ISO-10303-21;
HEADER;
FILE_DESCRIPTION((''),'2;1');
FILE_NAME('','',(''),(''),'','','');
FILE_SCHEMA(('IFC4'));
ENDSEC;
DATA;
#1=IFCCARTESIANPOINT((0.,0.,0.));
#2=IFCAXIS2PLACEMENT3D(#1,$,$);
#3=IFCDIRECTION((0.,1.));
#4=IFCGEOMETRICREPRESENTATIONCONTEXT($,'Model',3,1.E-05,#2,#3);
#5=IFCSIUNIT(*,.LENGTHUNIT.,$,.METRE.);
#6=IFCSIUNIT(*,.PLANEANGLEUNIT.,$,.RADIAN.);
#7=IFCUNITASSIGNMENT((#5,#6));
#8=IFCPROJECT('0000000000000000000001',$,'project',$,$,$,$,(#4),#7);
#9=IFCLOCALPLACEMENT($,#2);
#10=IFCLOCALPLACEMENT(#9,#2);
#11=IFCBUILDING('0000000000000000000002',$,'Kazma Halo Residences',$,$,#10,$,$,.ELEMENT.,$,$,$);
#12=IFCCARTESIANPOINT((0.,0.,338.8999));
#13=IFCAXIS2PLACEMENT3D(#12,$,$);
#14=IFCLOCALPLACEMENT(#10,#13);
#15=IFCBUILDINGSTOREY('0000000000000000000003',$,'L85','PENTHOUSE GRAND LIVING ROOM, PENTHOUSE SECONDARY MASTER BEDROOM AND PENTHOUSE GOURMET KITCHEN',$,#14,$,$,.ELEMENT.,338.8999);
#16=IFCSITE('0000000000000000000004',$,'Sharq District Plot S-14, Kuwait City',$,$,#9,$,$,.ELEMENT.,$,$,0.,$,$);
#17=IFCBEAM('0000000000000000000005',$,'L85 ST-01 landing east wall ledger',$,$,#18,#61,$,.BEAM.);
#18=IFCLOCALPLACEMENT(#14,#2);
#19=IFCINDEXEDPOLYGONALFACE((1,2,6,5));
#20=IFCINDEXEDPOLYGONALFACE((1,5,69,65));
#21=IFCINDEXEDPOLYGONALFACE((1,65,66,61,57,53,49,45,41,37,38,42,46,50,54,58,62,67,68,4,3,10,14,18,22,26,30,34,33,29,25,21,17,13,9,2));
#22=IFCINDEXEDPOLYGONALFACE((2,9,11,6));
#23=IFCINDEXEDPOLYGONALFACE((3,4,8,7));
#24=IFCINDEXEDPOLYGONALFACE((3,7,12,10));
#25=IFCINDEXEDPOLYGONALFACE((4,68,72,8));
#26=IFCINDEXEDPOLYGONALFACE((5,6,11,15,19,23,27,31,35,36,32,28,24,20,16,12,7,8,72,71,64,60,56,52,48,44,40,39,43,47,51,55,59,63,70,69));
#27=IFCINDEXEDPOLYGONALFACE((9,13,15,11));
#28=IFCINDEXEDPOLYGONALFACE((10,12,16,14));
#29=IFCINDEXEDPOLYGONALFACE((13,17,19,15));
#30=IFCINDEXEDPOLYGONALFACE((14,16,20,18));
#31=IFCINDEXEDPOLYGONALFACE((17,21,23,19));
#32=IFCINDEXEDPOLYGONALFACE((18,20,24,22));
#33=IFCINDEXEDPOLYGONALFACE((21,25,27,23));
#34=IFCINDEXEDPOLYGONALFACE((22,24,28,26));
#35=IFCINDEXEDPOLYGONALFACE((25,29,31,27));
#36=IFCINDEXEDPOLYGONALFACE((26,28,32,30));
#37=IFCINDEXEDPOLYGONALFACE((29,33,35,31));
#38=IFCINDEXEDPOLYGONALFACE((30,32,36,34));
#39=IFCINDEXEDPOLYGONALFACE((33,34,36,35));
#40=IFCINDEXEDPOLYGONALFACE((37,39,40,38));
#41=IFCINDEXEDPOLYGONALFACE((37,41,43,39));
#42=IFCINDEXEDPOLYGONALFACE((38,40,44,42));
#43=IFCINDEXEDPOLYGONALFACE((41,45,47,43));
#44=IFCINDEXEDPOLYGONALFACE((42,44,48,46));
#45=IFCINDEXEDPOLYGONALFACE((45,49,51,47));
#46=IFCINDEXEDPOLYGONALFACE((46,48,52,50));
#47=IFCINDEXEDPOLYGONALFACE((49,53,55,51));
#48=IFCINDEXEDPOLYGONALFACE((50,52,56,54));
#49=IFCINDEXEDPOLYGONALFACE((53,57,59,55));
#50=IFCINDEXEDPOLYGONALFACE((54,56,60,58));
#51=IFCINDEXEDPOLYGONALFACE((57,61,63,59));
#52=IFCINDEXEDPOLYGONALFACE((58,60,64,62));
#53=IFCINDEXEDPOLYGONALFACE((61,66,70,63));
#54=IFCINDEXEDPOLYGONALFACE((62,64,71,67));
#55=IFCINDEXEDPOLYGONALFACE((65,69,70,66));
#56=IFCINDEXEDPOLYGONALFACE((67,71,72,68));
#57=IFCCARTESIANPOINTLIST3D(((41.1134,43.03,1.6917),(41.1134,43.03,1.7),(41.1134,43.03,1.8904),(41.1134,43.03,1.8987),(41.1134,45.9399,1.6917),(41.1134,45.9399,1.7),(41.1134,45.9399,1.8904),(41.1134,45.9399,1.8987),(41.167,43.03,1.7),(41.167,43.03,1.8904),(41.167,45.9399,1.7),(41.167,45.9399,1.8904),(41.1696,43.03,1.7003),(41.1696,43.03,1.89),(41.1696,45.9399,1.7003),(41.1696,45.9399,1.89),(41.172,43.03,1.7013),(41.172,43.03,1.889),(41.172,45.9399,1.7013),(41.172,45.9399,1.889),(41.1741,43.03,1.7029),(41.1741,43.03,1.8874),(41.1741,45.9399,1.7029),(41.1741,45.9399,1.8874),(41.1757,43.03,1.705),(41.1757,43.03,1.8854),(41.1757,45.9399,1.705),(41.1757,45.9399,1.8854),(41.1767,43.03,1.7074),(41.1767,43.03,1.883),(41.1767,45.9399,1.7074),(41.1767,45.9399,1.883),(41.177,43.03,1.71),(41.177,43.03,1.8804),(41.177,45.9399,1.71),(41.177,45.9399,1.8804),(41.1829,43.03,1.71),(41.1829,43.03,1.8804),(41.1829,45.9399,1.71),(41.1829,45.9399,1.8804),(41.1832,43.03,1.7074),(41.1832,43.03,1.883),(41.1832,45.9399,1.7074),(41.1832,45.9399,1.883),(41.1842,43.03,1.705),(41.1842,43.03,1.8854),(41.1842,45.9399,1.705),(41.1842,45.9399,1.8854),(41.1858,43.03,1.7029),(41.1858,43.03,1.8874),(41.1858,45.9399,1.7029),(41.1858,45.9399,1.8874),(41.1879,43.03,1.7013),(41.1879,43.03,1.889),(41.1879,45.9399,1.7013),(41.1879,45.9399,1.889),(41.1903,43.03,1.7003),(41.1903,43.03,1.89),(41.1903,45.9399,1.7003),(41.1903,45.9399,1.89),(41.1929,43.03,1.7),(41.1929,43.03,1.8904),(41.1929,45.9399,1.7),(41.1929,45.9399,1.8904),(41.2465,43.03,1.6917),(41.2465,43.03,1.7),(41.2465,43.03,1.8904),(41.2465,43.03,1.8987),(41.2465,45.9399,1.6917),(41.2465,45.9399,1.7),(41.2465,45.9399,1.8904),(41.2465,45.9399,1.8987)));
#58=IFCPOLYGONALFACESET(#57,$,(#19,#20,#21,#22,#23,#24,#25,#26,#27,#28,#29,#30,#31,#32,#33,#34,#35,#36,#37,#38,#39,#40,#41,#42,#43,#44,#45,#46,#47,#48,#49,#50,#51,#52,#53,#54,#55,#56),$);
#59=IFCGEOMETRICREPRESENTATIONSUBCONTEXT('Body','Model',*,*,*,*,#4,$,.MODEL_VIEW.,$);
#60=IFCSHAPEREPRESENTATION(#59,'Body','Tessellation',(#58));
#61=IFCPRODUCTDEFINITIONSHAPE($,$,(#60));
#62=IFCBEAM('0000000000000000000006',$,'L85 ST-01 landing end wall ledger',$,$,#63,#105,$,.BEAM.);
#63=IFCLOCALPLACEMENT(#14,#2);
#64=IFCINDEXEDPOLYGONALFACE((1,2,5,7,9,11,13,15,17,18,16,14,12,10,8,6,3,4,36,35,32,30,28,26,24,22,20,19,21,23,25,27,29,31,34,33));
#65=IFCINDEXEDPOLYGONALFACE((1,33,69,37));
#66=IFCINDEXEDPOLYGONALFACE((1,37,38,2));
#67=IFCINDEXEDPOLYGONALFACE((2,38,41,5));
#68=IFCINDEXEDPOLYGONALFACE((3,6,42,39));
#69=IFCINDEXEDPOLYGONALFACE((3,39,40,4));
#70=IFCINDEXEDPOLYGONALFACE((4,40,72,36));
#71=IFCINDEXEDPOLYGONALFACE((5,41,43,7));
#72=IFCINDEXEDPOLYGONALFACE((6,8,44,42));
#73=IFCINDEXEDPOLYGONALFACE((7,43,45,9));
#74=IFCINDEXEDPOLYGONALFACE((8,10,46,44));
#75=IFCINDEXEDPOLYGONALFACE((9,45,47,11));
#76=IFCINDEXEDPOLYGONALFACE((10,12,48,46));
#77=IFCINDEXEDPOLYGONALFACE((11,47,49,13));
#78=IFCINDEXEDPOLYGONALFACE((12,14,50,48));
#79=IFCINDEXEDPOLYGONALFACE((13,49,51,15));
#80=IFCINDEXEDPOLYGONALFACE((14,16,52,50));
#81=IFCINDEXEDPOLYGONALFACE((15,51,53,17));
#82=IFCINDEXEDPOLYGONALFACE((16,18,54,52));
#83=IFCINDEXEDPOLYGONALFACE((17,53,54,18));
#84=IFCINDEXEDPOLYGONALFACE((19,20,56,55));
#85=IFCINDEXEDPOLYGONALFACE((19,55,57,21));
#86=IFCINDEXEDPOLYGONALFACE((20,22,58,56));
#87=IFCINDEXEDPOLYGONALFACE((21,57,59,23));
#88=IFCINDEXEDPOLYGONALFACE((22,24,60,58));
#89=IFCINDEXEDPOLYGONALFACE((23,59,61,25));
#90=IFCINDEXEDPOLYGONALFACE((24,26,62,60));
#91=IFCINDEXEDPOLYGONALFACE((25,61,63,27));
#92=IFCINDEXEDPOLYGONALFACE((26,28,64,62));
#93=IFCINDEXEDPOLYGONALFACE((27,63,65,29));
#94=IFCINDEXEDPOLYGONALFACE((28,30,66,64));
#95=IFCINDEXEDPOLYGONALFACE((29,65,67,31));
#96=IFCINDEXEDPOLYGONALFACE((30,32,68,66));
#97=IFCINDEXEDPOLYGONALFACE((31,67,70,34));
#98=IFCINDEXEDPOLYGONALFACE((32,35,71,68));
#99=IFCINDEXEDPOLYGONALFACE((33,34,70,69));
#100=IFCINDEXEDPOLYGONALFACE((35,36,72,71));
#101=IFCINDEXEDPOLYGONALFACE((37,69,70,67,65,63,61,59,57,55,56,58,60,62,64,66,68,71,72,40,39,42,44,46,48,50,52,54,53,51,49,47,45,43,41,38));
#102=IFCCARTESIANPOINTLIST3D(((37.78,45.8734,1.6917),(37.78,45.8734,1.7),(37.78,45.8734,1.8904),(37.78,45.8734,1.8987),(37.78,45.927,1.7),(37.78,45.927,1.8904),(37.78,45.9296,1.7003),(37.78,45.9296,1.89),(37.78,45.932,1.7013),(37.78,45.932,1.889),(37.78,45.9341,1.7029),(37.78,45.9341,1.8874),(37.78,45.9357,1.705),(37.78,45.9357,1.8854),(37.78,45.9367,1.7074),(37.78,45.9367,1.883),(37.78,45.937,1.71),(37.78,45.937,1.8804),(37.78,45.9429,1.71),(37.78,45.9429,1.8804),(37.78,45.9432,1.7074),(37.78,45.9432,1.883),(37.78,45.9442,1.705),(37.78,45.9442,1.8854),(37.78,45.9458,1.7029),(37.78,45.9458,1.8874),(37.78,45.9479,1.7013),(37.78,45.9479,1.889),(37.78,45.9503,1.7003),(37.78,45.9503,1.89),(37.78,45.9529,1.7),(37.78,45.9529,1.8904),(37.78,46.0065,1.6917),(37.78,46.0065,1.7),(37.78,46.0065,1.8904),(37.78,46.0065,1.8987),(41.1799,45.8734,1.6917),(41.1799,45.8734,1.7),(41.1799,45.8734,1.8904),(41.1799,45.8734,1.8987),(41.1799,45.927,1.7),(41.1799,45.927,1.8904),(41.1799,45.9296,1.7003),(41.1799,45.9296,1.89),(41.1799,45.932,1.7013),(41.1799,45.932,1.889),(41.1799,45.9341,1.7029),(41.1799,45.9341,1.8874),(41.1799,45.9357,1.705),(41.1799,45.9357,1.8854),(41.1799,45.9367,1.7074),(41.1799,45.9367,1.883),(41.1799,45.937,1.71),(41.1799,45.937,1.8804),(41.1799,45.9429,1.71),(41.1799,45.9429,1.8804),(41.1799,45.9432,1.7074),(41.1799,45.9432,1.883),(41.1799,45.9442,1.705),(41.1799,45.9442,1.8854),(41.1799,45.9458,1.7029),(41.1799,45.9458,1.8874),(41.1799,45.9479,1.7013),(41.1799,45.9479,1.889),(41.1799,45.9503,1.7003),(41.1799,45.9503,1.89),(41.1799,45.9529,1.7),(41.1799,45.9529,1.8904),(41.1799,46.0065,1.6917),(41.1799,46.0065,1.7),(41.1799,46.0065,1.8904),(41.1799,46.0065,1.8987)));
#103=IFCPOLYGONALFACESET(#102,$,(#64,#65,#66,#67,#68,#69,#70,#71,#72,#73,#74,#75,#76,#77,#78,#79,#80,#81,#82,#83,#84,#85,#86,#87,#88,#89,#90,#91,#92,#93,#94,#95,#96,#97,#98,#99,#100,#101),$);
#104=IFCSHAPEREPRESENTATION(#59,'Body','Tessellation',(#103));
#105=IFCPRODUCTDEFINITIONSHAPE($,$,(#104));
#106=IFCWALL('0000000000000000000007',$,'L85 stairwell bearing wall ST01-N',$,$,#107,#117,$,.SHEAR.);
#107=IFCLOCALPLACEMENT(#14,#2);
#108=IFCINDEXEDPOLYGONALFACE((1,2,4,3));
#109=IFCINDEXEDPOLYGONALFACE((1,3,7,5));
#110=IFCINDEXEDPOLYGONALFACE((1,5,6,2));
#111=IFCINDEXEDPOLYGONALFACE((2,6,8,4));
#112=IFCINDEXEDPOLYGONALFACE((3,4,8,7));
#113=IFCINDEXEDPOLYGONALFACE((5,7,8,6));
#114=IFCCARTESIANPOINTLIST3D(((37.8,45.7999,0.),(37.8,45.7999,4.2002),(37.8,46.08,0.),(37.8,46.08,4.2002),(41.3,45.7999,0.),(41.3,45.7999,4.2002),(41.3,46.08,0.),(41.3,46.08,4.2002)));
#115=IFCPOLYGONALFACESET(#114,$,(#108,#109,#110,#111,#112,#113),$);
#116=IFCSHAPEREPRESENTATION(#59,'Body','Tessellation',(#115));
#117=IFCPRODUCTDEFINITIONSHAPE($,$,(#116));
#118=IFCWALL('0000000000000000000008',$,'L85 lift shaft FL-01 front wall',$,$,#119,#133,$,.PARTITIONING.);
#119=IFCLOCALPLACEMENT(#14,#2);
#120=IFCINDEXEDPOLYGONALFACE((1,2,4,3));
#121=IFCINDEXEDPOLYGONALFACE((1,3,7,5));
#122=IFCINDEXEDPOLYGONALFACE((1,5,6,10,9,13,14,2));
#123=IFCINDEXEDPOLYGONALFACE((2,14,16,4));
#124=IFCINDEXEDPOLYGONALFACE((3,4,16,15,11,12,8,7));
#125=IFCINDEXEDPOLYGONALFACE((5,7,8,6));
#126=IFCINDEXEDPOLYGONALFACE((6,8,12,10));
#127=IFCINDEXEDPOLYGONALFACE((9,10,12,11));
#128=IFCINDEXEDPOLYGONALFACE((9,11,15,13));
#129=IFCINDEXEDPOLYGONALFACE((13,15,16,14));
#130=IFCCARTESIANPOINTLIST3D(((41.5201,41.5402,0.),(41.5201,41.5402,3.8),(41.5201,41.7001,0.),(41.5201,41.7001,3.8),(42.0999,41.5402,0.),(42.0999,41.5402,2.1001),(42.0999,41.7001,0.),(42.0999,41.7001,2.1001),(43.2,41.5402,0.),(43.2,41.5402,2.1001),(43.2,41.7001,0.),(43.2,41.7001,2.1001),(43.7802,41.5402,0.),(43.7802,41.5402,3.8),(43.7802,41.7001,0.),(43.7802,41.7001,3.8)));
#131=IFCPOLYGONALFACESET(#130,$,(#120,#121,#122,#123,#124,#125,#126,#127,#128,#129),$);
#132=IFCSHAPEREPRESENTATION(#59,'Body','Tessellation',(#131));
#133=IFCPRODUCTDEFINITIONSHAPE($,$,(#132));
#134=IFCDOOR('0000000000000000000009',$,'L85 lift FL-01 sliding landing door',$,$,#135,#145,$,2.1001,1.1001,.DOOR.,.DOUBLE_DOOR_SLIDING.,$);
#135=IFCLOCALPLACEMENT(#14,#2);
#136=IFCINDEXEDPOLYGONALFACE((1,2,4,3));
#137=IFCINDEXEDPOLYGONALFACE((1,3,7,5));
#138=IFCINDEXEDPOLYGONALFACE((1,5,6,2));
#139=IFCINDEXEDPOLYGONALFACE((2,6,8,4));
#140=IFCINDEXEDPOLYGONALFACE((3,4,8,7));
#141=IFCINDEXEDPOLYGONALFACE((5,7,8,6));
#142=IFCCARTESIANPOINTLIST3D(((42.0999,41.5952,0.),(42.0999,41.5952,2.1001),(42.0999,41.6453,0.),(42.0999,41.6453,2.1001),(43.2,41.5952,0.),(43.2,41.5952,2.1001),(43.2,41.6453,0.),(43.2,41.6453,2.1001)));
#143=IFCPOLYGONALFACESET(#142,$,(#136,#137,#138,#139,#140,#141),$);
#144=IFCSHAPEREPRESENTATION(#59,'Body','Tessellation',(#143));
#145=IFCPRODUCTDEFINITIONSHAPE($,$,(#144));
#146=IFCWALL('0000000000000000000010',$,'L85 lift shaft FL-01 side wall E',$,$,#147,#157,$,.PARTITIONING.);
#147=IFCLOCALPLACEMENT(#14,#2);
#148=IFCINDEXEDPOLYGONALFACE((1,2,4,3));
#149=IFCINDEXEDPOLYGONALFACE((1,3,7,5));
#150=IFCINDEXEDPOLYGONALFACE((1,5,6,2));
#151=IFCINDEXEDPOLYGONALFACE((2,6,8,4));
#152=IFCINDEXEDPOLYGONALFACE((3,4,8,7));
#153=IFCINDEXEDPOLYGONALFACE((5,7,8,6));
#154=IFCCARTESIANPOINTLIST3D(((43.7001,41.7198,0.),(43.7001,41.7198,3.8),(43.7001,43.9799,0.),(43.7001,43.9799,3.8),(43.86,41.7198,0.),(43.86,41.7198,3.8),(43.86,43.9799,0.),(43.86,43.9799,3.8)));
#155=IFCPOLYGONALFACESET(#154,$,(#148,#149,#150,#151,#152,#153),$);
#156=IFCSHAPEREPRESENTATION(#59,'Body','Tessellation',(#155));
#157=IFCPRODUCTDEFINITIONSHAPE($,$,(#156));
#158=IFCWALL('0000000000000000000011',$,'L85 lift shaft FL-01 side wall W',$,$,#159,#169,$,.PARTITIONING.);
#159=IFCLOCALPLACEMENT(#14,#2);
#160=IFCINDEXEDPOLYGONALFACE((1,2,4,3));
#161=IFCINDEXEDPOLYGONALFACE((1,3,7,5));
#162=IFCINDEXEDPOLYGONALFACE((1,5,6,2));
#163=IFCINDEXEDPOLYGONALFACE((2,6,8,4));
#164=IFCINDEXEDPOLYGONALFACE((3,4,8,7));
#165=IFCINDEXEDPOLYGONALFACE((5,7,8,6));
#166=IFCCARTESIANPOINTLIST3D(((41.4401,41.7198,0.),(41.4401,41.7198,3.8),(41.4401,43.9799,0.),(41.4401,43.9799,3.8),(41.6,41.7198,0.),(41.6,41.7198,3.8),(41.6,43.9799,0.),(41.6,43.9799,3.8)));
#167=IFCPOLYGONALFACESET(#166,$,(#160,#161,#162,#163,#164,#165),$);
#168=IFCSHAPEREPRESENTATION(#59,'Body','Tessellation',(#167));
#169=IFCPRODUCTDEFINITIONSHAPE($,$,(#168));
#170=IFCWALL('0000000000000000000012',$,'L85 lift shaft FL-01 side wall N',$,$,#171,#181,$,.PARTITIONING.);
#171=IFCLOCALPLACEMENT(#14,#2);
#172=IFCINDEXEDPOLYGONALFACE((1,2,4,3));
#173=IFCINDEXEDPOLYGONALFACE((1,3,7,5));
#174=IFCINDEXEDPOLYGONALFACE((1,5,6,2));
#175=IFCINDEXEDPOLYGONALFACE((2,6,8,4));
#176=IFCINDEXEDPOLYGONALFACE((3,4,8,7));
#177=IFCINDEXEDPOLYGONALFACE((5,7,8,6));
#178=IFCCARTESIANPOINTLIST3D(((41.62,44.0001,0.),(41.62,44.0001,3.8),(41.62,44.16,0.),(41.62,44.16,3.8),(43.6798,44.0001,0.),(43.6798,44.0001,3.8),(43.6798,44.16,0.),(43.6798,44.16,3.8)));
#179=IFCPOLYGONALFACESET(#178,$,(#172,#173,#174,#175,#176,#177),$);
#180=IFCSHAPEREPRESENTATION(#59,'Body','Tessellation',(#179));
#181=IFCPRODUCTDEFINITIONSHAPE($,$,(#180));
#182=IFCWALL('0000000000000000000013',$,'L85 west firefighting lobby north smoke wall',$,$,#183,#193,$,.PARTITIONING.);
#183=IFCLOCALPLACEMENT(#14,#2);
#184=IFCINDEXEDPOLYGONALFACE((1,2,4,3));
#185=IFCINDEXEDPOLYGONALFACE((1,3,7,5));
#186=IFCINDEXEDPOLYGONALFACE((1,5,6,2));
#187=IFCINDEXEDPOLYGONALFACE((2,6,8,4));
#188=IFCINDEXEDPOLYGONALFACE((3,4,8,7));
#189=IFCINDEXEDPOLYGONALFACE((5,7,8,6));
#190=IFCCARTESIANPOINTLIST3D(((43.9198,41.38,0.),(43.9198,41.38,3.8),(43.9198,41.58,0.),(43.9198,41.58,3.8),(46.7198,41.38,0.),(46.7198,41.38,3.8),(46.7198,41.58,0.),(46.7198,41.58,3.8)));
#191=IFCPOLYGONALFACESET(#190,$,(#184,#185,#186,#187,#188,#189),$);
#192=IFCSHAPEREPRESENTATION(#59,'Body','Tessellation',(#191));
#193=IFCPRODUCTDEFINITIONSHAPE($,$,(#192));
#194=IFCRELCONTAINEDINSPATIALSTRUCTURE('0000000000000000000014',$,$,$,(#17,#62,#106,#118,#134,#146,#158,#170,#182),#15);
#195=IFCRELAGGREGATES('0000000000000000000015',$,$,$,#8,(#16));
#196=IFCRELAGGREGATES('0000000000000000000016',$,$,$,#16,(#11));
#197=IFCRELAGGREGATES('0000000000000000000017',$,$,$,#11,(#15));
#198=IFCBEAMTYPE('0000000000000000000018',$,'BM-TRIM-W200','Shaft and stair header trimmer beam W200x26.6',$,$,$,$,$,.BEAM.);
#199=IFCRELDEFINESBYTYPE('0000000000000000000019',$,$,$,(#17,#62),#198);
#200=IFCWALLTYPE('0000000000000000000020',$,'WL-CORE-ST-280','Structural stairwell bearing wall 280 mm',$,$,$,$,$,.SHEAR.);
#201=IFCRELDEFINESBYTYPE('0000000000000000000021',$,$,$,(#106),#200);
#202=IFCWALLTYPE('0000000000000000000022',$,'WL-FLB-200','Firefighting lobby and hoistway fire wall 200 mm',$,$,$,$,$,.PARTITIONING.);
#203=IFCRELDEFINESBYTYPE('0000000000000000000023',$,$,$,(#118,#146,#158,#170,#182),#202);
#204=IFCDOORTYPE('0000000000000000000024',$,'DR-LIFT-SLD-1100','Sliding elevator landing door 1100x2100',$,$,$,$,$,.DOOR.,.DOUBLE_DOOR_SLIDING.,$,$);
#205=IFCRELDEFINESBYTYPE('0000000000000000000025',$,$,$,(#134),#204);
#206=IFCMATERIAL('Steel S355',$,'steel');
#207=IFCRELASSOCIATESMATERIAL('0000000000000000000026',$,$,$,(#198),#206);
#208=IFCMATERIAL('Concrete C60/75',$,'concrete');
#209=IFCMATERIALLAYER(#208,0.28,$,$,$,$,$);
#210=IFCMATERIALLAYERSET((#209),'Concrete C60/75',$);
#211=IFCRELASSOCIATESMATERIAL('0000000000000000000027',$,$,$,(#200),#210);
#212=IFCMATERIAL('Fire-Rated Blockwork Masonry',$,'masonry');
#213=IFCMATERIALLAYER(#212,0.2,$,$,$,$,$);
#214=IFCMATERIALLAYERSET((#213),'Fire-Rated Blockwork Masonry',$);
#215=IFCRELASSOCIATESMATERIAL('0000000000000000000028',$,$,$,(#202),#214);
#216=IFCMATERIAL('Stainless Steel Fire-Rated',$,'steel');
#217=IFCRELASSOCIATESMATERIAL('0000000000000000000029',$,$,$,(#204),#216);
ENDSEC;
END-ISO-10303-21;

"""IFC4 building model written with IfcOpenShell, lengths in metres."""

from ifc_helpers import new_model, si_unit, direction, frame, frame_2d, origin, origin_2d, place, context, subcontext, project, spatial, rectangle, i_section, extrude, material, layer, layer_set, material_profile, profile_set, type_object, element, fill, save


model = new_model("IFC4")

# Units and contexts
model_context = context("Model", 3, precision=1e-05, world=origin(), true_north=direction((0.0, 1.0)))
body_context = subcontext(model_context, "Body", "Model", "MODEL_VIEW")
ifc_project = project(units=[si_unit("LENGTHUNIT", "METRE"), si_unit("PLANEANGLEUNIT", "RADIAN")], contexts=[model_context])

# Site, building, storey
site_placement = place(None, origin())
site = spatial("IfcSite", under=ifc_project, at=site_placement, Name="Sharq District Plot S-14, Kuwait City", CompositionType="ELEMENT", RefElevation=0.0)
building_placement = place(site_placement, origin())
building = spatial("IfcBuilding", under=site, at=building_placement, Name="Kazma Halo Residences", CompositionType="ELEMENT")
storey_placement = place(building_placement, frame((0.0, 0.0, 338.8999)))
storey = spatial("IfcBuildingStorey", under=building, at=storey_placement, Name="L85", Description="PENTHOUSE GRAND LIVING ROOM, PENTHOUSE SECONDARY MASTER BEDROOM AND PENTHOUSE GOURMET KITCHEN", CompositionType="ELEMENT", Elevation=338.8999)

# Shared definitions
ifc_material_1 = material(Name="Steel S355", Category="steel")

# Beams
ifc_material_profile_1 = material_profile(ifc_material_1, i_section(OverallWidth=0.1331, OverallDepth=0.207, WebThickness=0.0059, FlangeThickness=0.0083, FilletRadius=0.01, at=origin_2d()), Name="W200x26.6")
ifc_profile_set_1 = profile_set([ifc_material_profile_1], Name="Steel S355")
beam_type_1 = type_object("IfcBeamType", Name="BM-TRIM-W200", Description="Shaft and stair header trimmer beam W200x26.6", PredefinedType="BEAM", material=ifc_profile_set_1)
beam_1_placement = place(storey_placement, frame((41.1799, 43.03, 1.7952), z_axis=(0.0, 1.0, 0.0), x_axis=(-1.0, 0.0, 0.0)))
element("IfcBeam", 1, at=beam_1_placement, inside=storey, type_object=beam_type_1, Name="L85 ST-01 landing east wall ledger", PredefinedType="BEAM", context=body_context, shape_type="SweptSolid", body=[
    extrude(i_section(OverallWidth=0.1331, OverallDepth=0.207, WebThickness=0.0059, FlangeThickness=0.0083, FilletRadius=0.01, at=origin_2d()), origin(), (0.0, 0.0, 1.0), 2.9099),
])
beam_2_placement = place(storey_placement, frame((37.78, 45.9399, 1.7952), z_axis=(1.0, 0.0, 0.0), x_axis=(0.0, 1.0, 0.0)))
element("IfcBeam", 2, at=beam_2_placement, inside=storey, type_object=beam_type_1, Name="L85 ST-01 landing end wall ledger", PredefinedType="BEAM", context=body_context, shape_type="SweptSolid", body=[
    extrude(i_section(OverallWidth=0.1331, OverallDepth=0.207, WebThickness=0.0059, FlangeThickness=0.0083, FilletRadius=0.01, at=origin_2d()), origin(), (0.0, 0.0, 1.0), 3.3999),
])

# Wall
ifc_material_2 = material(Name="Concrete C60/75", Category="concrete")
ifc_layer_1 = layer(ifc_material_2, 0.28)
ifc_layer_set_1 = layer_set([ifc_layer_1], Name="Concrete C60/75")
wall_type_1 = type_object("IfcWallType", Name="WL-CORE-ST-280", Description="Structural stairwell bearing wall 280 mm", PredefinedType="SHEAR", material=ifc_layer_set_1)
wall_1_placement = place(storey_placement, frame((37.8, 45.9399, 0.0), z_axis=(0.0, 0.0, 1.0), x_axis=(1.0, 0.0, 0.0)))
element("IfcWall", 3, at=wall_1_placement, inside=storey, type_object=wall_type_1, Name="L85 stairwell bearing wall ST01-N", PredefinedType="SHEAR", context=body_context, shape_type="SweptSolid", body=[
    extrude(rectangle(XDim=3.5, YDim=0.28, at=frame_2d((1.75, 0.0))), origin(), (0.0, 0.0, 1.0), 4.2002),
])

# Wall, opening, door
ifc_material_3 = material(Name="Fire-Rated Blockwork Masonry", Category="masonry")
ifc_layer_2 = layer(ifc_material_3, 0.2)
ifc_layer_set_2 = layer_set([ifc_layer_2], Name="Fire-Rated Blockwork Masonry")
wall_type_2 = type_object("IfcWallType", Name="WL-FLB-200", Description="Firefighting lobby and hoistway fire wall 200 mm", PredefinedType="PARTITIONING", material=ifc_layer_set_2)
wall_2_placement = place(storey_placement, frame((43.78, 41.6201, 0.0), z_axis=(0.0, 0.0, 1.0), x_axis=(-1.0, 0.0, 0.0)))
wall_2 = element("IfcWall", 4, at=wall_2_placement, inside=storey, type_object=wall_type_2, Name="L85 lift shaft FL-01 front wall", PredefinedType="PARTITIONING", context=body_context, shape_type="SweptSolid", body=[
    extrude(rectangle(XDim=2.26, YDim=0.1599, at=frame_2d((1.1299, 0.0))), origin(), (0.0, 0.0, 1.0), 3.8),
])
opening_1_placement = place(wall_2_placement, frame((0.5801, 0.0, 0.0)))
opening_1 = element("IfcOpeningElement", 5, at=opening_1_placement, cuts=wall_2, PredefinedType="OPENING", context=body_context, shape_type="SweptSolid", body=[
    extrude(rectangle(XDim=1.1001, YDim=2.1001, at=frame_2d((0.55, 1.05))), frame((0.0, 0.0898, 0.0), z_axis=(0.0, -1.0, 0.0), x_axis=(1.0, 0.0, 0.0)), (0.0, 0.0, 1.0), 0.1799),
])
ifc_material_4 = material(Name="Stainless Steel Fire-Rated", Category="steel")
door_type_1 = type_object("IfcDoorType", Name="DR-LIFT-SLD-1100", Description="Sliding elevator landing door 1100x2100", OperationType="DOUBLE_DOOR_SLIDING", PredefinedType="DOOR", material=ifc_material_4)
door_1_placement = place(opening_1_placement, origin())
door_1 = element("IfcDoor", 6, at=door_1_placement, inside=storey, type_object=door_type_1, Name="L85 lift FL-01 sliding landing door", OperationType="DOUBLE_DOOR_SLIDING", OverallHeight=2.1001, OverallWidth=1.1001, PredefinedType="DOOR", context=body_context, shape_type="SweptSolid", body=[
    extrude(rectangle(XDim=1.1001, YDim=2.1001, at=frame_2d((0.55, 1.05))), frame((0.0, 0.0249, 0.0), z_axis=(0.0, -1.0, 0.0), x_axis=(1.0, 0.0, 0.0)), (0.0, 0.0, 1.0), 0.05),
])
fill(opening_1, door_1)

# Walls
for number, where, z_axis, x_axis, name in (
    (7, (43.78, 41.72, 0.0), (0.0, 0.0, 1.0), (0.0, 1.0, 0.0), "L85 lift shaft FL-01 side wall E"),
    (8, (41.52, 41.72, 0.0), (0.0, 0.0, 1.0), (0.0, 1.0, 0.0), "L85 lift shaft FL-01 side wall W"),
):
    element("IfcWall", number, at=place(storey_placement, frame(where, z_axis=z_axis, x_axis=x_axis)), inside=storey, type_object=wall_type_2, Name=name, PredefinedType="PARTITIONING", context=body_context, shape_type="SweptSolid", body=[
        extrude(rectangle(XDim=2.26, YDim=0.1599, at=frame_2d((1.1299, 0.0))), origin(), (0.0, 0.0, 1.0), 3.8),
    ])
wall_3_placement = place(storey_placement, frame((41.6201, 44.0801, 0.0), z_axis=(0.0, 0.0, 1.0), x_axis=(1.0, 0.0, 0.0)))
element("IfcWall", 9, at=wall_3_placement, inside=storey, type_object=wall_type_2, Name="L85 lift shaft FL-01 side wall N", PredefinedType="PARTITIONING", context=body_context, shape_type="SweptSolid", body=[
    extrude(rectangle(XDim=2.0598, YDim=0.1599, at=frame_2d((1.0298, 0.0))), origin(), (0.0, 0.0, 1.0), 3.8),
])
wall_4_placement = place(storey_placement, frame((43.9199, 41.48, 0.0), z_axis=(0.0, 0.0, 1.0), x_axis=(1.0, 0.0, 0.0)))
element("IfcWall", 10, at=wall_4_placement, inside=storey, type_object=wall_type_2, Name="L85 west firefighting lobby north smoke wall", PredefinedType="PARTITIONING", context=body_context, shape_type="SweptSolid", body=[
    extrude(rectangle(XDim=2.8, YDim=0.2, at=frame_2d((1.3999, 0.0))), origin(), (0.0, 0.0, 1.0), 3.8),
])

save(model, "model.ifc")
